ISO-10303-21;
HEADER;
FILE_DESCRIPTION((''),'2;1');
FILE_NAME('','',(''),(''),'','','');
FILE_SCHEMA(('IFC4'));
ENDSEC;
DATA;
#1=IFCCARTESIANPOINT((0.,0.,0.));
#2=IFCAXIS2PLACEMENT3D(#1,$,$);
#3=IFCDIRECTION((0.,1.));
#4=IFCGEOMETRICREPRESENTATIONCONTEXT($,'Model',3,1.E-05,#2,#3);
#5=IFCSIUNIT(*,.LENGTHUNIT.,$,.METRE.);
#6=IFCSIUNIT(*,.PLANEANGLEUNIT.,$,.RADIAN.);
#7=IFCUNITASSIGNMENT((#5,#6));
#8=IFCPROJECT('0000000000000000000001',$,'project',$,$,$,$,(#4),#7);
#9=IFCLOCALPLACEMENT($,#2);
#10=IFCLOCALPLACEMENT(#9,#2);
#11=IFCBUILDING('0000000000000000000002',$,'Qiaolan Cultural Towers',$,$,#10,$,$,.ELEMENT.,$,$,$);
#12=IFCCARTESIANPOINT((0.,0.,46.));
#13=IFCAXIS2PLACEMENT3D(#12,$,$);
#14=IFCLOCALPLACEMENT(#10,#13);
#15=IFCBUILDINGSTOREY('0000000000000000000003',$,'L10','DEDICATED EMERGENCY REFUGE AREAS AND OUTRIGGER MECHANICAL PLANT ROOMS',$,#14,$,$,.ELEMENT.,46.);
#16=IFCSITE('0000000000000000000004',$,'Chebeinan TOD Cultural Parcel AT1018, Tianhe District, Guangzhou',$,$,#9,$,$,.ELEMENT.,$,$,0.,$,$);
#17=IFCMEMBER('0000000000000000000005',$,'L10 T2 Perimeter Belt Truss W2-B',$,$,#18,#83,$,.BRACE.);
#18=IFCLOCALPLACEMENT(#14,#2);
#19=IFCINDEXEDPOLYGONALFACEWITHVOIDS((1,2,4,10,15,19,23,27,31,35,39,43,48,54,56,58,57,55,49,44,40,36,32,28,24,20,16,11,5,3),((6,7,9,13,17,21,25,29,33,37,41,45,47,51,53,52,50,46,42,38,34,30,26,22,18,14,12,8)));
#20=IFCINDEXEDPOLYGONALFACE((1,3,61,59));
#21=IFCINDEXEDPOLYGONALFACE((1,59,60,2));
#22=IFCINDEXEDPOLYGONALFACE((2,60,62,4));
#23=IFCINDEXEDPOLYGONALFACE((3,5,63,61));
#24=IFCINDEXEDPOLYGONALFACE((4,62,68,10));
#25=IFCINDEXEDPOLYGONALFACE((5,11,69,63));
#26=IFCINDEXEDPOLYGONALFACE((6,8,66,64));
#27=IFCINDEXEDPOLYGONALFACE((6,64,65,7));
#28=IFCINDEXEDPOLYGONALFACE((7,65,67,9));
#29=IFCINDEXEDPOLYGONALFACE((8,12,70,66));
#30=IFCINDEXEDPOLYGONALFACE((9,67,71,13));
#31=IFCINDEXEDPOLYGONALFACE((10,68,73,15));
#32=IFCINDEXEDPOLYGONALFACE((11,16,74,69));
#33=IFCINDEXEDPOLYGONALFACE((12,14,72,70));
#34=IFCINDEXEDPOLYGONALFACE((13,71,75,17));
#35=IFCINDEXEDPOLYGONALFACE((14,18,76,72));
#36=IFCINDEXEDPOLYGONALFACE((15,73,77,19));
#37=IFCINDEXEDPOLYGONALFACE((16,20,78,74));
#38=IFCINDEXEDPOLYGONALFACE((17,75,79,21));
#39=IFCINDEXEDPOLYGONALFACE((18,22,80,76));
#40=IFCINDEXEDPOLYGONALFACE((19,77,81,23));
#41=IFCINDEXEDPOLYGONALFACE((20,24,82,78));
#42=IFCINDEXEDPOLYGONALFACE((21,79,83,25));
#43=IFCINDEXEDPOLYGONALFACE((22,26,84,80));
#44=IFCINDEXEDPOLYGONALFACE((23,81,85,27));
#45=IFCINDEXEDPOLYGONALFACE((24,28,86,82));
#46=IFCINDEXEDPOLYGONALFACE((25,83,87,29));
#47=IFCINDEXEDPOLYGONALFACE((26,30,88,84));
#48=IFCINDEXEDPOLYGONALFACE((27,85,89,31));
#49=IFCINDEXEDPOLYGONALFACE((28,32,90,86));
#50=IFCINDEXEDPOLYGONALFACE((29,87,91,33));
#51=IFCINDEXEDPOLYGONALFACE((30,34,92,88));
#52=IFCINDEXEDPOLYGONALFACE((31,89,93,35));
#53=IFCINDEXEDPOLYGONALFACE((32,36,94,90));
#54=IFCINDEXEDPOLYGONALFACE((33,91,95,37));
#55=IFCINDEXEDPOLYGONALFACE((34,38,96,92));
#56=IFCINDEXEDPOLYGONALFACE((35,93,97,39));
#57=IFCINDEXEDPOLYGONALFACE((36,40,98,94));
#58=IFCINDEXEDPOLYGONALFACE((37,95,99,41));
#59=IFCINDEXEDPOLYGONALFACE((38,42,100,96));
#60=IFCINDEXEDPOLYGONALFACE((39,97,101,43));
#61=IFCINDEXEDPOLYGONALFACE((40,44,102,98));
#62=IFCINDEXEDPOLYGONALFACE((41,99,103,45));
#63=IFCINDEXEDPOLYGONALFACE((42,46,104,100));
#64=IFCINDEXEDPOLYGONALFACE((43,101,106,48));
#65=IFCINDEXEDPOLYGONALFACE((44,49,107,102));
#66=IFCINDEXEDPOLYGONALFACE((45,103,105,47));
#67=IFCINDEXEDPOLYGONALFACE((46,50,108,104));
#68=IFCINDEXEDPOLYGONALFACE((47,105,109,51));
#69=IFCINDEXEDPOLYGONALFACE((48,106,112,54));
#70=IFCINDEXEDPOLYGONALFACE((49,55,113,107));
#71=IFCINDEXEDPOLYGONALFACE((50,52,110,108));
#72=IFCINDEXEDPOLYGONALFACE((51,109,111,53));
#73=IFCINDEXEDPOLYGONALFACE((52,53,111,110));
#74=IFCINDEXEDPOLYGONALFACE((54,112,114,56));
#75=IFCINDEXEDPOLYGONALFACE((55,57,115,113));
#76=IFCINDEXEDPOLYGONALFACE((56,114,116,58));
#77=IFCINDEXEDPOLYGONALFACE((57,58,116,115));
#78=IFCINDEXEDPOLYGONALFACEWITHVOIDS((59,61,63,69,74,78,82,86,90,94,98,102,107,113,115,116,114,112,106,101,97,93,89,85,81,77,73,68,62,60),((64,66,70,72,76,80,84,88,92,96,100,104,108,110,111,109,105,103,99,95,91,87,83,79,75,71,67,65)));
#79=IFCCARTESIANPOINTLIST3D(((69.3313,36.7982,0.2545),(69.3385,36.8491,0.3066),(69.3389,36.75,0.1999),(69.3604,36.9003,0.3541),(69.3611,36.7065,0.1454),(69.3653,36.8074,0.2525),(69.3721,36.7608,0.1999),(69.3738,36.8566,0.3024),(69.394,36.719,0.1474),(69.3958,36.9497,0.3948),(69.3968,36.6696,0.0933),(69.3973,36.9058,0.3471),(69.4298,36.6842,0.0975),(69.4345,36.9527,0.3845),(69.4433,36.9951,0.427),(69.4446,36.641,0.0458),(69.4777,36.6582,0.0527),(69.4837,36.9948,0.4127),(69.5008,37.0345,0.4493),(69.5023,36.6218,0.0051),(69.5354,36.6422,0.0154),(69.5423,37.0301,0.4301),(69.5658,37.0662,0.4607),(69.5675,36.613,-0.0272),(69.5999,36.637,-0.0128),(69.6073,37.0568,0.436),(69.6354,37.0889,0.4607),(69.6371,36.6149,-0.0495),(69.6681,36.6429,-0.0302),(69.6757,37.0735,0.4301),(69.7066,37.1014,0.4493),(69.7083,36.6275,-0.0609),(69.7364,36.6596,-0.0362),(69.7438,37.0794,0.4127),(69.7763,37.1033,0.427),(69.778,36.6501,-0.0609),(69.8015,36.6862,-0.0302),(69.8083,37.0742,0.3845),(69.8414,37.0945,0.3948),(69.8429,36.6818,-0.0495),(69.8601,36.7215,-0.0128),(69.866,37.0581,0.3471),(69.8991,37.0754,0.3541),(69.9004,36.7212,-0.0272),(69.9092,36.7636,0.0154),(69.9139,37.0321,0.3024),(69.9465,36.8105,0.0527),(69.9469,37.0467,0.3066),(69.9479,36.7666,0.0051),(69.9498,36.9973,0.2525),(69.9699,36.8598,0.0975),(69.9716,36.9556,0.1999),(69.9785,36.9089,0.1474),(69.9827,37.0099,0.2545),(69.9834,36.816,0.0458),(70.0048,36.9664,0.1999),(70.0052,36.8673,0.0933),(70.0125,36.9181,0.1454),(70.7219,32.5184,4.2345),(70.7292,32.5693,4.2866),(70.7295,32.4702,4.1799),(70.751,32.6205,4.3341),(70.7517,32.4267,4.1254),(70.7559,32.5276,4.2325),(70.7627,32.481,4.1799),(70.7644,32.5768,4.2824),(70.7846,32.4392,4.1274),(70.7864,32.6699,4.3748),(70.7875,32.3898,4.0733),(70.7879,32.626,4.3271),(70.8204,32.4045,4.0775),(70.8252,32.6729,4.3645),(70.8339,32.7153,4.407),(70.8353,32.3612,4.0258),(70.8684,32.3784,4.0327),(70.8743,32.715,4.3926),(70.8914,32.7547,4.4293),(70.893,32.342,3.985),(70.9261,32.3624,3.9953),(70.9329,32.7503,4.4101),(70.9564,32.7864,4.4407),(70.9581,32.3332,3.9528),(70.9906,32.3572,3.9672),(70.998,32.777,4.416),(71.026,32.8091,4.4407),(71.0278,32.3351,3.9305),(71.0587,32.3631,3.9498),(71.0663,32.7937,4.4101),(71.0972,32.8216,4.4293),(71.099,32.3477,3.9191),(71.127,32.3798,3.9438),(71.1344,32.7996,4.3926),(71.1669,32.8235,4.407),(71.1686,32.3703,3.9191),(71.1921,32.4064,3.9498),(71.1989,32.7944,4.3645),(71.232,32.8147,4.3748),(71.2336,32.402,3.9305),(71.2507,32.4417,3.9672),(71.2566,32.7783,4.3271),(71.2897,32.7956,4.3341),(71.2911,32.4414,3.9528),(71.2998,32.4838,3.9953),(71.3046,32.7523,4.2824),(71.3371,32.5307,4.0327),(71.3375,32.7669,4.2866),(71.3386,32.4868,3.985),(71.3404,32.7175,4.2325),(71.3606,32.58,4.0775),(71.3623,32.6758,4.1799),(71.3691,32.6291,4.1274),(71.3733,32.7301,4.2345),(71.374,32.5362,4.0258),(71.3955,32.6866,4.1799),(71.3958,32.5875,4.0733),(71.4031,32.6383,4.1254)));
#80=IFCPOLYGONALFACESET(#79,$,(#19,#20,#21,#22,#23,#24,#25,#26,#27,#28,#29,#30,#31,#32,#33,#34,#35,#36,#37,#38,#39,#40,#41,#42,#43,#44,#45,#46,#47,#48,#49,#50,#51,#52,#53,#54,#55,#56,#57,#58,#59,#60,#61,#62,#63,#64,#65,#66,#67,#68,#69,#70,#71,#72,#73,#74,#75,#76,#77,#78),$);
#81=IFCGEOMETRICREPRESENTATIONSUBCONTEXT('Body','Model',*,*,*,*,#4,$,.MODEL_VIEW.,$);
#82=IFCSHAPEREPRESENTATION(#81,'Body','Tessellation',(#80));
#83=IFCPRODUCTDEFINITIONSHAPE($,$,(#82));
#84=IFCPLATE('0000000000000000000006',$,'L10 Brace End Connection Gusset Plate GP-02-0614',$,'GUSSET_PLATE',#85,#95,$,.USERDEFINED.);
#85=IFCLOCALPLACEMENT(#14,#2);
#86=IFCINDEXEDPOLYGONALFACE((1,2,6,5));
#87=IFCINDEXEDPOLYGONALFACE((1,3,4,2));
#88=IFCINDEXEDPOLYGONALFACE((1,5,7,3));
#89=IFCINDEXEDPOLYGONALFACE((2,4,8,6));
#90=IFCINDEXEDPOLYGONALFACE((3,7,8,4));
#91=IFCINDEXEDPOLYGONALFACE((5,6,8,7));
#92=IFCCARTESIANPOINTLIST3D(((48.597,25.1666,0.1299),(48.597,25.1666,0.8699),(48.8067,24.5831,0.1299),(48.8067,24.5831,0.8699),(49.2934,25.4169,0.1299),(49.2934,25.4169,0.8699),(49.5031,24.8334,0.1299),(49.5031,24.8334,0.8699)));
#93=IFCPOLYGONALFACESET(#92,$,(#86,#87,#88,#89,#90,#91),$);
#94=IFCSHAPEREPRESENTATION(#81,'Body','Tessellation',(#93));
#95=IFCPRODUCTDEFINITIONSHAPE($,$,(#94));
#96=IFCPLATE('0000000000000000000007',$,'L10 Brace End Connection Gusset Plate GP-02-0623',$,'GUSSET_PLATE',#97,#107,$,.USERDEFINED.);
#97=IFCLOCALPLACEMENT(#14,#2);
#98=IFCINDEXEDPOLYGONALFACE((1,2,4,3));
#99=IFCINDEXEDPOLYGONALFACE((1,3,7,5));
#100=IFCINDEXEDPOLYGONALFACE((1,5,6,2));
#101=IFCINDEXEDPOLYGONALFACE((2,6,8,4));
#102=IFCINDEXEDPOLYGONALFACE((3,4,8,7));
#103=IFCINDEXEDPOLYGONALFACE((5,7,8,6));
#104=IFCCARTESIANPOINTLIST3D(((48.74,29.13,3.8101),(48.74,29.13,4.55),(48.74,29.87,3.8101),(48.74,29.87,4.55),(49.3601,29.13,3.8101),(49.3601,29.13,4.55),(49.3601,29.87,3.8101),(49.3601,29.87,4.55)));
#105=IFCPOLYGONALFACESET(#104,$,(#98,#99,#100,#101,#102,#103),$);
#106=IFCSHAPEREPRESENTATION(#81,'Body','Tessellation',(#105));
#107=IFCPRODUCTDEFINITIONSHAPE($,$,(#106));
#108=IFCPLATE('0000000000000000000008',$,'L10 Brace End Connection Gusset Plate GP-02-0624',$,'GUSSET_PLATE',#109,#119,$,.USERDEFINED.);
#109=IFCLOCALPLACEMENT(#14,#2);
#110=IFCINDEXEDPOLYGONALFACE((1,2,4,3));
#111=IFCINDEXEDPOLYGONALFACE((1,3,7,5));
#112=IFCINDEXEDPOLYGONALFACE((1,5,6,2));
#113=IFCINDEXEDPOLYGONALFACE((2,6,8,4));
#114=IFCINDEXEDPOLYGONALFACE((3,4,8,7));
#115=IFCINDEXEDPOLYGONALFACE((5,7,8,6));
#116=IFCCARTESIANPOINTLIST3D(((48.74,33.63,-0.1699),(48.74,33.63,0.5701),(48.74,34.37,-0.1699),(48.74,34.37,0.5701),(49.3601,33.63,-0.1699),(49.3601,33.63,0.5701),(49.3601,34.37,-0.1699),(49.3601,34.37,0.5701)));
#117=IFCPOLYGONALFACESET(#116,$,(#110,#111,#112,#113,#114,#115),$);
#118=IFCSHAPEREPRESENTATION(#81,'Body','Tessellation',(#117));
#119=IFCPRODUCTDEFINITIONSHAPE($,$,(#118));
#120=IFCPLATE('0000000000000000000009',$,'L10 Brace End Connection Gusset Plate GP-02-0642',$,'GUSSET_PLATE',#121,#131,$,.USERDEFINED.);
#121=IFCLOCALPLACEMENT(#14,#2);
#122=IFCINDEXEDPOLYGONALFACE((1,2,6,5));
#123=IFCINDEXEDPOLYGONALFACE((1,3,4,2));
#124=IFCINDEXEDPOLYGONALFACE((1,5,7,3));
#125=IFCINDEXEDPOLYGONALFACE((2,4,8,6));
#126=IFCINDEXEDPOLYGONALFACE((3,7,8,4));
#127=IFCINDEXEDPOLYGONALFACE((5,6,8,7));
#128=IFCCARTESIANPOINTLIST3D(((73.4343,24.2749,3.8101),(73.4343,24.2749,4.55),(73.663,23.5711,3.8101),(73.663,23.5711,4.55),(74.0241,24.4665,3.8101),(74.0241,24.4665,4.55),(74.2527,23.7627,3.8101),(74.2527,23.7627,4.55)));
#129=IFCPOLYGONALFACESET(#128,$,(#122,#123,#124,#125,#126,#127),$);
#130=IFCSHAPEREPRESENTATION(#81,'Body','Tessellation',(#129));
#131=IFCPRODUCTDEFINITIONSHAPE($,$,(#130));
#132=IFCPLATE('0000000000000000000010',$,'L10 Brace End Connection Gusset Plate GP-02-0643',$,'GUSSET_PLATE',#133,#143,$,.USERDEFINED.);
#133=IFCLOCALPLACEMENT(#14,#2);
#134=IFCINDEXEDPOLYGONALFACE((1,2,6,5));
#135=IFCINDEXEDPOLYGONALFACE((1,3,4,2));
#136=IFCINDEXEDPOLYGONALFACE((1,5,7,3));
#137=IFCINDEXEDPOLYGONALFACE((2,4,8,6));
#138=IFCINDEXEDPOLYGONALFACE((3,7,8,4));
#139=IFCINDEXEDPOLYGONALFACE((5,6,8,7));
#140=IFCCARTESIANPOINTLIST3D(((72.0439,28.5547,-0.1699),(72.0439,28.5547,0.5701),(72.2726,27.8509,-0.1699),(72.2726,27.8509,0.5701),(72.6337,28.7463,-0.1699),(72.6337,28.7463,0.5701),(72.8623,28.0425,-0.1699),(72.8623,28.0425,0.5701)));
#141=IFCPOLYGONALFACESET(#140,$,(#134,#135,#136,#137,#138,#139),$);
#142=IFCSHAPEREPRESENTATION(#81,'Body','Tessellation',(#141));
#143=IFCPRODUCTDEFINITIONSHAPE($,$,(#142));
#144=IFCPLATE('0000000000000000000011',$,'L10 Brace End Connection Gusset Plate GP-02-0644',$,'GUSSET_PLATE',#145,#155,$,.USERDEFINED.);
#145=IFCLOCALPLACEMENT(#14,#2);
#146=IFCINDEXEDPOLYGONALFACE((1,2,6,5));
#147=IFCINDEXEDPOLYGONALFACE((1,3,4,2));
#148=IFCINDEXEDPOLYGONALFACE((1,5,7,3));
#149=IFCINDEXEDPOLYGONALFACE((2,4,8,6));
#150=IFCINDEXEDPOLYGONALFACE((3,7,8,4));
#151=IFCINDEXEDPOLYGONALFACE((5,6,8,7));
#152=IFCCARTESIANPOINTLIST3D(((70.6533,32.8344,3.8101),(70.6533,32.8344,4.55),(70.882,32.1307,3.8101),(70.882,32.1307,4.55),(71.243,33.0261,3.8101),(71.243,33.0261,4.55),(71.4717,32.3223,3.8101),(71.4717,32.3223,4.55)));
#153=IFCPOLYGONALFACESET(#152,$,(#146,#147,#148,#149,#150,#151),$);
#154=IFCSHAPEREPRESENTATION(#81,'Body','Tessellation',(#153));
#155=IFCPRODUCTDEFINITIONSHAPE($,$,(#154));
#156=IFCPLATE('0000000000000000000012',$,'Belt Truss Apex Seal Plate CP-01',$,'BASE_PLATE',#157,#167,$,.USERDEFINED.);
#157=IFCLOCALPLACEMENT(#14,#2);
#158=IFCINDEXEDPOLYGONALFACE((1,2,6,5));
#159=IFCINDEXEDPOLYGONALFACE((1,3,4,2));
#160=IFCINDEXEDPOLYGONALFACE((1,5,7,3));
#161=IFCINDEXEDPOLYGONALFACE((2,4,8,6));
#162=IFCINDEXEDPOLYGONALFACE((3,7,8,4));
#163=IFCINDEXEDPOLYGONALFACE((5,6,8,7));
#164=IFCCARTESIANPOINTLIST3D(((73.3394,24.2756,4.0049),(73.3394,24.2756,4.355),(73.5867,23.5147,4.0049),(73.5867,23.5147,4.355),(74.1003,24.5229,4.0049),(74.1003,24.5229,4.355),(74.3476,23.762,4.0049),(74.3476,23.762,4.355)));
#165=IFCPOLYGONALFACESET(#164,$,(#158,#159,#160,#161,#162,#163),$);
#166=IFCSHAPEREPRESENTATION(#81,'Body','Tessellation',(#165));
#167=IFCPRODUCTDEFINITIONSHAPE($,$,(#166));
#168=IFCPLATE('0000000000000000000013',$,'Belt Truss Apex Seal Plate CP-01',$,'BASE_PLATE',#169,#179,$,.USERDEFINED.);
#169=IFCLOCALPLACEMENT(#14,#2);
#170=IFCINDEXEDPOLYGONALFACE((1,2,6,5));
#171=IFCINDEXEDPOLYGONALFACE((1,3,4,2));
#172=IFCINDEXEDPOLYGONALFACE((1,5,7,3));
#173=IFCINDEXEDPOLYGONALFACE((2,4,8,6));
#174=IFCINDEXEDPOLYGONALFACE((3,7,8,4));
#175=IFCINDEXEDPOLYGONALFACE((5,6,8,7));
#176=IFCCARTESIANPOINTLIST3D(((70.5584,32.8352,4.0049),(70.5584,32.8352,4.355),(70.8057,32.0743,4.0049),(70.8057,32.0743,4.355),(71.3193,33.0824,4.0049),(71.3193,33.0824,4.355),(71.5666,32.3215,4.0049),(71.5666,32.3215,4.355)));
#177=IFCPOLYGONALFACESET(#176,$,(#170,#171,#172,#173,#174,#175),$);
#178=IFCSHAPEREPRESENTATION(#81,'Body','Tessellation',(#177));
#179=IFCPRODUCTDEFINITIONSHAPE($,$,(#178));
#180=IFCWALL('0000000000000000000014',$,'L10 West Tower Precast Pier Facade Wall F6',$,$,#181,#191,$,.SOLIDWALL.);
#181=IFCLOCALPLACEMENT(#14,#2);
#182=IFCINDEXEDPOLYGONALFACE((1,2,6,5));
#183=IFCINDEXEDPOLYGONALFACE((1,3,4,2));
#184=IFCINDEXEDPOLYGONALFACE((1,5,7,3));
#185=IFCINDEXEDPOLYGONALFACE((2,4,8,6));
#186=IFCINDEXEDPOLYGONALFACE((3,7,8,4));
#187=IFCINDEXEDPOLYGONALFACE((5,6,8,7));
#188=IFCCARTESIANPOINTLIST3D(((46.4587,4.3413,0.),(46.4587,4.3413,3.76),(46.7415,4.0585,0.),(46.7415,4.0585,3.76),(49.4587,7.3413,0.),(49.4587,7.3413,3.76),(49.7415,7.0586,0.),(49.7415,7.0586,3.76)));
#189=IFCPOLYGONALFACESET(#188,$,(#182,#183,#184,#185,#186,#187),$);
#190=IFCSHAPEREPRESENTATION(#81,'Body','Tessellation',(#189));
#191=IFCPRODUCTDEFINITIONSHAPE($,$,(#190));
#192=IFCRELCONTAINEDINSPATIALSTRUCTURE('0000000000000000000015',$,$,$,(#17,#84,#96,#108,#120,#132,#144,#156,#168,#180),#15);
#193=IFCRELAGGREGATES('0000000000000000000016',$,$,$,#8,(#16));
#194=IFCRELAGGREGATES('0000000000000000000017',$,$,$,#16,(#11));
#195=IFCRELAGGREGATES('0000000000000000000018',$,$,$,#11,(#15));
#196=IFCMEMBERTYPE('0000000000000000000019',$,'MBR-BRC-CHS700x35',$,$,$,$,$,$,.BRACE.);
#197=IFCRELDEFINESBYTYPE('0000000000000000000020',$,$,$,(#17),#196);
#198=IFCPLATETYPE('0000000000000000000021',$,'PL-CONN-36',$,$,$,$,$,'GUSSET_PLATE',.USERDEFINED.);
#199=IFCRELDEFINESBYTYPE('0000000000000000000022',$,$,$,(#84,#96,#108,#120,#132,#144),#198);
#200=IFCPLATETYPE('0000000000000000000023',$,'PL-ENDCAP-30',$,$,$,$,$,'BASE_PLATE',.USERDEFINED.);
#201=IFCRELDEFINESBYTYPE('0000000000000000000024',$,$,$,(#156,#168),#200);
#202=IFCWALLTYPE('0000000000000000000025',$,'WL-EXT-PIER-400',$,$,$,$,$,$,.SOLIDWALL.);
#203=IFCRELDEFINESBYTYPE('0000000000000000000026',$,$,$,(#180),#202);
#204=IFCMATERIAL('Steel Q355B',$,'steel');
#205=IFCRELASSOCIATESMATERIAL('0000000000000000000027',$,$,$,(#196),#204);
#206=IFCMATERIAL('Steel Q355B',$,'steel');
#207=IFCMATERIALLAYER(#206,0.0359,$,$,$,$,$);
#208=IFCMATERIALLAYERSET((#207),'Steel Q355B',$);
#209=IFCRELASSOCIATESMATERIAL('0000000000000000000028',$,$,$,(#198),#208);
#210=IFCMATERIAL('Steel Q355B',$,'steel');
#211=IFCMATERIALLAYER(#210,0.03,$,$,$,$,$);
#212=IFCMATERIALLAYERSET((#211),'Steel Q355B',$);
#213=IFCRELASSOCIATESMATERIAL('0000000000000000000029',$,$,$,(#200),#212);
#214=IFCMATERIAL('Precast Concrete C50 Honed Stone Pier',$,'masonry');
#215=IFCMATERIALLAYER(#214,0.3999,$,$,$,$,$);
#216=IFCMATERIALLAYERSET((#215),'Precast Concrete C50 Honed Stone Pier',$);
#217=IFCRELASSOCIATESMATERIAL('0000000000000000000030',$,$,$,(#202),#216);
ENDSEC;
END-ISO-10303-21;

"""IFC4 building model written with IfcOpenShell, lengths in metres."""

from ifc_helpers import new_model, si_unit, direction, frame, frame_2d, origin, origin_2d, place, context, subcontext, project, spatial, rectangle, hollow_circle, extrude, material, layer, layer_set, material_profile, profile_set, type_object, element, save


model = new_model("IFC4")

# Units and contexts
model_context = context("Model", 3, precision=1e-05, world=origin(), true_north=direction((0.0, 1.0)))
body_context = subcontext(model_context, "Body", "Model", "MODEL_VIEW")
ifc_project = project(units=[si_unit("LENGTHUNIT", "METRE"), si_unit("PLANEANGLEUNIT", "RADIAN")], contexts=[model_context])

# Site, building, storey
site_placement = place(None, origin())
site = spatial("IfcSite", under=ifc_project, at=site_placement, Name="Chebeinan TOD Cultural Parcel AT1018, Tianhe District, Guangzhou", CompositionType="ELEMENT", RefElevation=0.0)
building_placement = place(site_placement, origin())
building = spatial("IfcBuilding", under=site, at=building_placement, Name="Qiaolan Cultural Towers", CompositionType="ELEMENT")
storey_placement = place(building_placement, frame((0.0, 0.0, 46.0)))
storey = spatial("IfcBuildingStorey", under=building, at=storey_placement, Name="L10", Description="DEDICATED EMERGENCY REFUGE AREAS AND OUTRIGGER MECHANICAL PLANT ROOMS", CompositionType="ELEMENT", Elevation=46.0)

# Member
ifc_material_1 = material(Name="Steel Q355B", Category="steel")
ifc_material_profile_1 = material_profile(ifc_material_1, hollow_circle(Radius=0.3501, WallThickness=0.0349, at=origin_2d()), Name="CHS700x35")
ifc_profile_set_1 = profile_set([ifc_material_profile_1], Name="Steel Q355B")
member_type = type_object("IfcMemberType", Name="MBR-BRC-CHS700x35", PredefinedType="BRACE", material=ifc_profile_set_1)
for number, where, z_axis, x_axis, name in (
    (1, (71.0625, 32.5784, 4.1799), (-0.23148, 0.712401, -0.662497), (-0.951054, -0.309025, 0.0), "L10 T2 Perimeter Belt Truss W2-B"),
):
    element("IfcMember", number, at=place(storey_placement, frame(where, z_axis=z_axis, x_axis=x_axis)), inside=storey, type_object=member_type, Name=name, PredefinedType="BRACE", context=body_context, shape_type="SweptSolid", body=[
        extrude(hollow_circle(Radius=0.3501, WallThickness=0.0349, at=origin_2d()), origin(), (0.0, 0.0, 1.0), 6.0076),
    ])

# Plates
ifc_material_2 = material(Name="Steel Q355B", Category="steel")
ifc_layer_1 = layer(ifc_material_2, 0.0359)
ifc_layer_set_1 = layer_set([ifc_layer_1], Name="Steel Q355B")
plate_type_1 = type_object("IfcPlateType", Name="PL-CONN-36", ElementType="GUSSET_PLATE", PredefinedType="USERDEFINED", material=ifc_layer_set_1)
for number, where, z_axis, x_axis, name in (
    (2, (49.05, 25.0, 0.1299), (0.0, 0.0, 1.0), (0.941053, 0.338259, 0.0), "L10 Brace End Connection Gusset Plate GP-02-0614"),
    (3, (49.05, 29.5, 3.8101), (0.0, 0.0, 1.0), (0.0, 1.0, 0.0), "L10 Brace End Connection Gusset Plate GP-02-0623"),
    (4, (49.05, 34.0, -0.1699), (0.0, 0.0, 1.0), (0.0, 1.0, 0.0), "L10 Brace End Connection Gusset Plate GP-02-0624"),
    (5, (73.8435, 24.0188, 3.8101), (0.0, 0.0, 1.0), (-0.309017, 0.951057, 0.0), "L10 Brace End Connection Gusset Plate GP-02-0642"),
    (6, (72.4531, 28.2986, -0.1699), (0.0, 0.0, 1.0), (-0.309017, 0.951057, 0.0), "L10 Brace End Connection Gusset Plate GP-02-0643"),
    (7, (71.0625, 32.5784, 3.8101), (0.0, 0.0, 1.0), (-0.309017, 0.951057, 0.0), "L10 Brace End Connection Gusset Plate GP-02-0644"),
):
    element("IfcPlate", number, at=place(storey_placement, frame(where, z_axis=z_axis, x_axis=x_axis)), inside=storey, type_object=plate_type_1, Name=name, ObjectType="GUSSET_PLATE", PredefinedType="USERDEFINED", context=body_context, shape_type="SweptSolid", body=[
        extrude(rectangle(XDim=0.74, YDim=0.6201, at=origin_2d()), origin(), (0.0, 0.0, 1.0), 0.74),
    ])
ifc_material_3 = material(Name="Steel Q355B", Category="steel")
ifc_layer_2 = layer(ifc_material_3, 0.03)
ifc_layer_set_2 = layer_set([ifc_layer_2], Name="Steel Q355B")
plate_type_2 = type_object("IfcPlateType", Name="PL-ENDCAP-30", ElementType="BASE_PLATE", PredefinedType="USERDEFINED", material=ifc_layer_set_2)
for number, where, z_axis, x_axis, name in (
    (8, (73.8435, 24.0188, 4.0049), (0.0, 0.0, 1.0), (0.951057, 0.309017, 0.0), "Belt Truss Apex Seal Plate CP-01"),
    (9, (71.0625, 32.5784, 4.0049), (0.0, 0.0, 1.0), (0.951057, 0.309017, 0.0), "Belt Truss Apex Seal Plate CP-01"),
):
    element("IfcPlate", number, at=place(storey_placement, frame(where, z_axis=z_axis, x_axis=x_axis)), inside=storey, type_object=plate_type_2, Name=name, ObjectType="BASE_PLATE", PredefinedType="USERDEFINED", context=body_context, shape_type="SweptSolid", body=[
        extrude(rectangle(XDim=0.8, YDim=0.8, at=origin_2d()), origin(), (0.0, 0.0, 1.0), 0.3501),
    ])

# Wall
ifc_material_4 = material(Name="Precast Concrete C50 Honed Stone Pier", Category="masonry")
ifc_layer_3 = layer(ifc_material_4, 0.3999)
ifc_layer_set_3 = layer_set([ifc_layer_3], Name="Precast Concrete C50 Honed Stone Pier")
wall_type_1 = type_object("IfcWallType", Name="WL-EXT-PIER-400", PredefinedType="SOLIDWALL", material=ifc_layer_set_3)
wall_1_placement = place(storey_placement, frame((49.6001, 7.2, 0.0), z_axis=(0.0, 0.0, 1.0), x_axis=(-0.707107, -0.707107, 0.0)))
element("IfcWall", 10, at=wall_1_placement, inside=storey, type_object=wall_type_1, Name="L10 West Tower Precast Pier Facade Wall F6", PredefinedType="SOLIDWALL", context=body_context, shape_type="SweptSolid", body=[
    extrude(rectangle(XDim=4.2427, YDim=0.3999, at=frame_2d((2.1213, 0.0))), origin(), (0.0, 0.0, 1.0), 3.76),
])

save(model, "model.ifc")
